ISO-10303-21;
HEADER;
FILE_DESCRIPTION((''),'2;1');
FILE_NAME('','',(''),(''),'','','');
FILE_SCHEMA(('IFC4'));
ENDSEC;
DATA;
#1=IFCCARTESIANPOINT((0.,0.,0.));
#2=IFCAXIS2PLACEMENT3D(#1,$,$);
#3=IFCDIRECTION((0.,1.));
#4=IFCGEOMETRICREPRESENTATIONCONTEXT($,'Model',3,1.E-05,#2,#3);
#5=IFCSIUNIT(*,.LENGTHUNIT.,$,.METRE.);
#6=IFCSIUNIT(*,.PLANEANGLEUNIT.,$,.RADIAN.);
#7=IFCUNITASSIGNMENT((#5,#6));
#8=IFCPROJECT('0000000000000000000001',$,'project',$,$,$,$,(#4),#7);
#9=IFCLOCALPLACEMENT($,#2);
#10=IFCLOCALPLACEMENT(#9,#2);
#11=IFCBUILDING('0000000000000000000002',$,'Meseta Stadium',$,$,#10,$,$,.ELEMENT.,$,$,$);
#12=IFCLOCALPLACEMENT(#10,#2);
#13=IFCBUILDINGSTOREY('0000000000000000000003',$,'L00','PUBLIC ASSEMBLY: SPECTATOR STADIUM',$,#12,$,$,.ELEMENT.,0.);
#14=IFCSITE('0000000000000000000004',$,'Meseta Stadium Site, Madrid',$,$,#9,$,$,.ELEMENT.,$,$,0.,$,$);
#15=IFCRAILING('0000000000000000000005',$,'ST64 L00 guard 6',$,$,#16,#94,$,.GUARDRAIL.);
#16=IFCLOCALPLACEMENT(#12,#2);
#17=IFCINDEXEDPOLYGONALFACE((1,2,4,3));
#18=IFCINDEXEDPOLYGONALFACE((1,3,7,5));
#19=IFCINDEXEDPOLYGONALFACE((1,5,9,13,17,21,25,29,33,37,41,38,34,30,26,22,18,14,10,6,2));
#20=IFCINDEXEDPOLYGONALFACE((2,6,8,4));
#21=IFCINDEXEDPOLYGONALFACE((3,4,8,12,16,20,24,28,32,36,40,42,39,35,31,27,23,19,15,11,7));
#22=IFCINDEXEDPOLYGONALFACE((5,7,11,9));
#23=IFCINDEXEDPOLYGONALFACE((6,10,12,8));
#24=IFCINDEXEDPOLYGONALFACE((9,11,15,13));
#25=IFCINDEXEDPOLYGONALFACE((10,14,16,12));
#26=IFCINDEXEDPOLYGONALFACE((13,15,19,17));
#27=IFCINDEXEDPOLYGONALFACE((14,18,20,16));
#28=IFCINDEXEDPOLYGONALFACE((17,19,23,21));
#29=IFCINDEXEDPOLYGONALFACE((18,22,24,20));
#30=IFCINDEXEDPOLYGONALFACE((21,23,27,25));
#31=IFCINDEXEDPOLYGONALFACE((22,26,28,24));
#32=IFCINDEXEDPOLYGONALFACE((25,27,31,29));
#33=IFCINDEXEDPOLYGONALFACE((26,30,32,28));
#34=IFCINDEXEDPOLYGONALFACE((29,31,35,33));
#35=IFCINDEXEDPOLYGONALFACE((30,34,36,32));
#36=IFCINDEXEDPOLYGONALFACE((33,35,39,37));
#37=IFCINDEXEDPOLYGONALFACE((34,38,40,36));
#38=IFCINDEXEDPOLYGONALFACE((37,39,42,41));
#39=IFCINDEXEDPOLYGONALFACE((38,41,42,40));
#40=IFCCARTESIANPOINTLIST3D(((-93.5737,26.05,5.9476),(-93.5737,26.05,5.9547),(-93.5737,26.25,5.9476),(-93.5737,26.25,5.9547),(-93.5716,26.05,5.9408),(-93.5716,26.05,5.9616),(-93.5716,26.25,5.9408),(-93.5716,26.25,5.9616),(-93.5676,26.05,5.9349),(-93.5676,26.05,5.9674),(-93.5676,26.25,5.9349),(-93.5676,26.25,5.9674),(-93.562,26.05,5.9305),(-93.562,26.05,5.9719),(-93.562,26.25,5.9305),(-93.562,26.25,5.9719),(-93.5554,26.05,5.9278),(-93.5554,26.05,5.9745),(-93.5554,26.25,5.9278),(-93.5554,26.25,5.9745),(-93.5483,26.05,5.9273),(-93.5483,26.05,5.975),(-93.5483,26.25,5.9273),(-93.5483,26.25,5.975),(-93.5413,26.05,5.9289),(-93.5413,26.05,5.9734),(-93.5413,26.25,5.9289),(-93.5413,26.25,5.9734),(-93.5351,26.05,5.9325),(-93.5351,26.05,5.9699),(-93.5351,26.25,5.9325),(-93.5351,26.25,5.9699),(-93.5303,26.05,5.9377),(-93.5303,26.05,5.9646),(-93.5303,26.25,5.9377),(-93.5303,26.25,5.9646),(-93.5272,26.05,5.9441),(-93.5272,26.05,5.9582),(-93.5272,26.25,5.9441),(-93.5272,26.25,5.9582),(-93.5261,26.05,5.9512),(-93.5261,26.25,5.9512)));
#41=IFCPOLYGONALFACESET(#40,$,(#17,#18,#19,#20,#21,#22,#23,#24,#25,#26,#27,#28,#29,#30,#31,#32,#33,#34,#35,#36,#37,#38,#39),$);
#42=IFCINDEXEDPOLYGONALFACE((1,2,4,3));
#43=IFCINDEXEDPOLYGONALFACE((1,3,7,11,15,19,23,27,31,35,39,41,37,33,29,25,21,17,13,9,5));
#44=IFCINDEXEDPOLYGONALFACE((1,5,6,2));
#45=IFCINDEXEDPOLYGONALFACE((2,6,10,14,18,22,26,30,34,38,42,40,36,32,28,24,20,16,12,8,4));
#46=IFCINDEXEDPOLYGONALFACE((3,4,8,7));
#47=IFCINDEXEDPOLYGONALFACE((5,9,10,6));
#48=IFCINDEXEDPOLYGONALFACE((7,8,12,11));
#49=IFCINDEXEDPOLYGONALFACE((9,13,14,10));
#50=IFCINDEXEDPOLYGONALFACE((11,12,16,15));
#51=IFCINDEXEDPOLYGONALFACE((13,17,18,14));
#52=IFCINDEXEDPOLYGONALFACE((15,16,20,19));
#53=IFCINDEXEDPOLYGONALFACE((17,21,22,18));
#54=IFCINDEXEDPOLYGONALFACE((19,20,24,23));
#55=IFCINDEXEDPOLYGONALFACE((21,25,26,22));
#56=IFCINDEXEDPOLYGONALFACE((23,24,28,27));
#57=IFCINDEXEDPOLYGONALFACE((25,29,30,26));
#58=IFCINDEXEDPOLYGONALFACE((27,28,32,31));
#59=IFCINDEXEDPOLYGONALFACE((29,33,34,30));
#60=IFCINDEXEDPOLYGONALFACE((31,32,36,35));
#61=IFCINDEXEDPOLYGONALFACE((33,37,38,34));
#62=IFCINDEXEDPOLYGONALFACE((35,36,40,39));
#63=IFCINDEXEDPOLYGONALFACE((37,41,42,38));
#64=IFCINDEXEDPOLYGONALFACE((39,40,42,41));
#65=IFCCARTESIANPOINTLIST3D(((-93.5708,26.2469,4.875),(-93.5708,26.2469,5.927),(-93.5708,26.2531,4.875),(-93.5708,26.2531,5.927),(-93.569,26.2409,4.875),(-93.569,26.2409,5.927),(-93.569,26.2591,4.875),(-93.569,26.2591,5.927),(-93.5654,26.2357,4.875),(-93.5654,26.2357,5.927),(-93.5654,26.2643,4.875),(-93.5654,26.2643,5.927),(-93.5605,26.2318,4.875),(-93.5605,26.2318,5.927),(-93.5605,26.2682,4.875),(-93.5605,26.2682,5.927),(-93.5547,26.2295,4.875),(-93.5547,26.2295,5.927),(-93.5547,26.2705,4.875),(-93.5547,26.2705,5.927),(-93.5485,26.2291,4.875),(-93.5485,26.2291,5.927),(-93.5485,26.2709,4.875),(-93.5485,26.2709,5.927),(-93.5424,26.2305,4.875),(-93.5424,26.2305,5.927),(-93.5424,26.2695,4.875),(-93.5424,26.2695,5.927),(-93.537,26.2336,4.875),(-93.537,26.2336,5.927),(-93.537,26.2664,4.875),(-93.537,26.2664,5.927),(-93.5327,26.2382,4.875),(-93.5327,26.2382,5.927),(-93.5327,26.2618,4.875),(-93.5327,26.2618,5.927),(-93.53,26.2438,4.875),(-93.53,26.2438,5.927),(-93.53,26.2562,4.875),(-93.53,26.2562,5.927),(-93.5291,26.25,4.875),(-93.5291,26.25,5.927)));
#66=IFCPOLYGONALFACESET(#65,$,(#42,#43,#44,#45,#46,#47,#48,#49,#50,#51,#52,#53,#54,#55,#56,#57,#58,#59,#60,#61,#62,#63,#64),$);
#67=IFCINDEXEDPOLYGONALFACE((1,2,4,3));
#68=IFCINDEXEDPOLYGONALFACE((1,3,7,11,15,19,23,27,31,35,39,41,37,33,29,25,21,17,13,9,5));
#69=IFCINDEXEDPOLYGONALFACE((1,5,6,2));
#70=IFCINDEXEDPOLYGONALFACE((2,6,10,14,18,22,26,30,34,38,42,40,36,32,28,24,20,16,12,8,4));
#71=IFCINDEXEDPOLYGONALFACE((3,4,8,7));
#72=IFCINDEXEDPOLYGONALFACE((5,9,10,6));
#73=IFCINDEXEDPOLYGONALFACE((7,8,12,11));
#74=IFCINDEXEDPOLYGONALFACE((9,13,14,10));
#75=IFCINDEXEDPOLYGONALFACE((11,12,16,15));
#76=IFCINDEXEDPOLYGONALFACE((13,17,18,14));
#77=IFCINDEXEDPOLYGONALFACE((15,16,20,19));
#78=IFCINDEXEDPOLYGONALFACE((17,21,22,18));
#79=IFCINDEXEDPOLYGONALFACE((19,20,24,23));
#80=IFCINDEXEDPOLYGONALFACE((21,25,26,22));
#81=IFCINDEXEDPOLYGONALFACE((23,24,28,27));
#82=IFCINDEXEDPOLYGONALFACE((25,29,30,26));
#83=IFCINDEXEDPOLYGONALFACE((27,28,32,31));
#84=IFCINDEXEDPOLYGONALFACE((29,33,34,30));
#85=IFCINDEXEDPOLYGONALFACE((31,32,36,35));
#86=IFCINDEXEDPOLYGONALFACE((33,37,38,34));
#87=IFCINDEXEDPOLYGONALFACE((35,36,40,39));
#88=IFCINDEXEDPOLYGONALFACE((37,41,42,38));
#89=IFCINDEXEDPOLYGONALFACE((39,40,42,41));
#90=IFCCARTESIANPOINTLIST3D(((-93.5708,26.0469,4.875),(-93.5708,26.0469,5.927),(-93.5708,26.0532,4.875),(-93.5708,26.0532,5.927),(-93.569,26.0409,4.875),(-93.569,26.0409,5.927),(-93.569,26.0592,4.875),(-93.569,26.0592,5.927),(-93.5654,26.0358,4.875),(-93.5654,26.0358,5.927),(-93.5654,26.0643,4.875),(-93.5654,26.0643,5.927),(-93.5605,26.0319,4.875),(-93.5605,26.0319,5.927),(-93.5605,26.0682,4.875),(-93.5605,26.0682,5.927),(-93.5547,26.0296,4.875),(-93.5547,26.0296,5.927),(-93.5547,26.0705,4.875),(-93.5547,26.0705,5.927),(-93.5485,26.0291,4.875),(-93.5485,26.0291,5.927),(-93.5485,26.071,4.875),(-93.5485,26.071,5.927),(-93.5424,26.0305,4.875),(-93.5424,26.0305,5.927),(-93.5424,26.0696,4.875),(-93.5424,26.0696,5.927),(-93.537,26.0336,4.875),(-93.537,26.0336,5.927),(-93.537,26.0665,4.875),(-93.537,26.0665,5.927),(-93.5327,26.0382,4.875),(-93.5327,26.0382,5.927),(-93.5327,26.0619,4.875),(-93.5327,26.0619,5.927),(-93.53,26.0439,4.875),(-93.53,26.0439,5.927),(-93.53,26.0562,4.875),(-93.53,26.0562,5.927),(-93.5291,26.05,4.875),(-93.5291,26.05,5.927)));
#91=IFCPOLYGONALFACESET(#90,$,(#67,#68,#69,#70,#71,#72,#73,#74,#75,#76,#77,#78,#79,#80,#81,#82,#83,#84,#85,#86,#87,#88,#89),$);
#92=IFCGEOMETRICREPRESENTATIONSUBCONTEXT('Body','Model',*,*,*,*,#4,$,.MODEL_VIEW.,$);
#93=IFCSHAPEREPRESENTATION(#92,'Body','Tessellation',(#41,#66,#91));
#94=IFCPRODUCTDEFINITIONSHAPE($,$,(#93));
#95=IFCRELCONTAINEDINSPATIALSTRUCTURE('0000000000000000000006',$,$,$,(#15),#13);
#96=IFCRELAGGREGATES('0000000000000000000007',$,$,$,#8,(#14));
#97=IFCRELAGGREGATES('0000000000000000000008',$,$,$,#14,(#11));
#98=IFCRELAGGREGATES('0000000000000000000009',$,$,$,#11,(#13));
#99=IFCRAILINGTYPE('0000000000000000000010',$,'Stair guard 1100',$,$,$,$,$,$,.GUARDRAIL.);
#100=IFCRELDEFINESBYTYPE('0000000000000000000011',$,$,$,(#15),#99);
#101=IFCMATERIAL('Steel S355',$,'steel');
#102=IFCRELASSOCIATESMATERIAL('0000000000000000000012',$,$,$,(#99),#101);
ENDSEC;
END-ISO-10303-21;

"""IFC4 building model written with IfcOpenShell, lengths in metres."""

from ifc_helpers import new_model, si_unit, direction, frame, origin, origin_2d, place, context, subcontext, project, spatial, circle, extrude, material, type_object, element, save


model = new_model("IFC4")

# Units and contexts
model_context = context("Model", 3, precision=1e-05, world=origin(), true_north=direction((0.0, 1.0)))
body_context = subcontext(model_context, "Body", "Model", "MODEL_VIEW")
ifc_project = project(units=[si_unit("LENGTHUNIT", "METRE"), si_unit("PLANEANGLEUNIT", "RADIAN")], contexts=[model_context])

# Site, building, storey
site_placement = place(None, origin())
site = spatial("IfcSite", under=ifc_project, at=site_placement, Name="Meseta Stadium Site, Madrid", CompositionType="ELEMENT", RefElevation=0.0)
building_placement = place(site_placement, origin())
building = spatial("IfcBuilding", under=site, at=building_placement, Name="Meseta Stadium", CompositionType="ELEMENT")
storey_placement = place(building_placement, origin())
storey = spatial("IfcBuildingStorey", under=building, at=storey_placement, Name="L00", Description="PUBLIC ASSEMBLY: SPECTATOR STADIUM", CompositionType="ELEMENT", Elevation=0.0)

# Railing
ifc_material_1 = material(Name="Steel S355", Category="steel")
railing_type_1 = type_object("IfcRailingType", Name="Stair guard 1100", PredefinedType="GUARDRAIL", material=ifc_material_1)
railing_1_placement = place(storey_placement, frame((-93.55, 26.25, 4.875)))
element("IfcRailing", 1, at=railing_1_placement, inside=storey, type_object=railing_type_1, Name="ST64 L00 guard 6", PredefinedType="GUARDRAIL", context=body_context, shape_type="SweptSolid", body=[
    extrude(circle(Radius=0.0239, at=origin_2d()), frame((0.0, 0.0, 1.0762), z_axis=(0.0, -1.0, 0.0), x_axis=(1.0, 0.0, 0.0)), (0.0, 0.0, 1.0), 0.2),
    extrude(circle(Radius=0.021, at=origin_2d()), origin(), (0.0, 0.0, 1.0), 1.052),
    extrude(circle(Radius=0.021, at=origin_2d()), frame((0.0, -0.2, 0.0)), (0.0, 0.0, 1.0), 1.052),
])

save(model, "model.ifc")
